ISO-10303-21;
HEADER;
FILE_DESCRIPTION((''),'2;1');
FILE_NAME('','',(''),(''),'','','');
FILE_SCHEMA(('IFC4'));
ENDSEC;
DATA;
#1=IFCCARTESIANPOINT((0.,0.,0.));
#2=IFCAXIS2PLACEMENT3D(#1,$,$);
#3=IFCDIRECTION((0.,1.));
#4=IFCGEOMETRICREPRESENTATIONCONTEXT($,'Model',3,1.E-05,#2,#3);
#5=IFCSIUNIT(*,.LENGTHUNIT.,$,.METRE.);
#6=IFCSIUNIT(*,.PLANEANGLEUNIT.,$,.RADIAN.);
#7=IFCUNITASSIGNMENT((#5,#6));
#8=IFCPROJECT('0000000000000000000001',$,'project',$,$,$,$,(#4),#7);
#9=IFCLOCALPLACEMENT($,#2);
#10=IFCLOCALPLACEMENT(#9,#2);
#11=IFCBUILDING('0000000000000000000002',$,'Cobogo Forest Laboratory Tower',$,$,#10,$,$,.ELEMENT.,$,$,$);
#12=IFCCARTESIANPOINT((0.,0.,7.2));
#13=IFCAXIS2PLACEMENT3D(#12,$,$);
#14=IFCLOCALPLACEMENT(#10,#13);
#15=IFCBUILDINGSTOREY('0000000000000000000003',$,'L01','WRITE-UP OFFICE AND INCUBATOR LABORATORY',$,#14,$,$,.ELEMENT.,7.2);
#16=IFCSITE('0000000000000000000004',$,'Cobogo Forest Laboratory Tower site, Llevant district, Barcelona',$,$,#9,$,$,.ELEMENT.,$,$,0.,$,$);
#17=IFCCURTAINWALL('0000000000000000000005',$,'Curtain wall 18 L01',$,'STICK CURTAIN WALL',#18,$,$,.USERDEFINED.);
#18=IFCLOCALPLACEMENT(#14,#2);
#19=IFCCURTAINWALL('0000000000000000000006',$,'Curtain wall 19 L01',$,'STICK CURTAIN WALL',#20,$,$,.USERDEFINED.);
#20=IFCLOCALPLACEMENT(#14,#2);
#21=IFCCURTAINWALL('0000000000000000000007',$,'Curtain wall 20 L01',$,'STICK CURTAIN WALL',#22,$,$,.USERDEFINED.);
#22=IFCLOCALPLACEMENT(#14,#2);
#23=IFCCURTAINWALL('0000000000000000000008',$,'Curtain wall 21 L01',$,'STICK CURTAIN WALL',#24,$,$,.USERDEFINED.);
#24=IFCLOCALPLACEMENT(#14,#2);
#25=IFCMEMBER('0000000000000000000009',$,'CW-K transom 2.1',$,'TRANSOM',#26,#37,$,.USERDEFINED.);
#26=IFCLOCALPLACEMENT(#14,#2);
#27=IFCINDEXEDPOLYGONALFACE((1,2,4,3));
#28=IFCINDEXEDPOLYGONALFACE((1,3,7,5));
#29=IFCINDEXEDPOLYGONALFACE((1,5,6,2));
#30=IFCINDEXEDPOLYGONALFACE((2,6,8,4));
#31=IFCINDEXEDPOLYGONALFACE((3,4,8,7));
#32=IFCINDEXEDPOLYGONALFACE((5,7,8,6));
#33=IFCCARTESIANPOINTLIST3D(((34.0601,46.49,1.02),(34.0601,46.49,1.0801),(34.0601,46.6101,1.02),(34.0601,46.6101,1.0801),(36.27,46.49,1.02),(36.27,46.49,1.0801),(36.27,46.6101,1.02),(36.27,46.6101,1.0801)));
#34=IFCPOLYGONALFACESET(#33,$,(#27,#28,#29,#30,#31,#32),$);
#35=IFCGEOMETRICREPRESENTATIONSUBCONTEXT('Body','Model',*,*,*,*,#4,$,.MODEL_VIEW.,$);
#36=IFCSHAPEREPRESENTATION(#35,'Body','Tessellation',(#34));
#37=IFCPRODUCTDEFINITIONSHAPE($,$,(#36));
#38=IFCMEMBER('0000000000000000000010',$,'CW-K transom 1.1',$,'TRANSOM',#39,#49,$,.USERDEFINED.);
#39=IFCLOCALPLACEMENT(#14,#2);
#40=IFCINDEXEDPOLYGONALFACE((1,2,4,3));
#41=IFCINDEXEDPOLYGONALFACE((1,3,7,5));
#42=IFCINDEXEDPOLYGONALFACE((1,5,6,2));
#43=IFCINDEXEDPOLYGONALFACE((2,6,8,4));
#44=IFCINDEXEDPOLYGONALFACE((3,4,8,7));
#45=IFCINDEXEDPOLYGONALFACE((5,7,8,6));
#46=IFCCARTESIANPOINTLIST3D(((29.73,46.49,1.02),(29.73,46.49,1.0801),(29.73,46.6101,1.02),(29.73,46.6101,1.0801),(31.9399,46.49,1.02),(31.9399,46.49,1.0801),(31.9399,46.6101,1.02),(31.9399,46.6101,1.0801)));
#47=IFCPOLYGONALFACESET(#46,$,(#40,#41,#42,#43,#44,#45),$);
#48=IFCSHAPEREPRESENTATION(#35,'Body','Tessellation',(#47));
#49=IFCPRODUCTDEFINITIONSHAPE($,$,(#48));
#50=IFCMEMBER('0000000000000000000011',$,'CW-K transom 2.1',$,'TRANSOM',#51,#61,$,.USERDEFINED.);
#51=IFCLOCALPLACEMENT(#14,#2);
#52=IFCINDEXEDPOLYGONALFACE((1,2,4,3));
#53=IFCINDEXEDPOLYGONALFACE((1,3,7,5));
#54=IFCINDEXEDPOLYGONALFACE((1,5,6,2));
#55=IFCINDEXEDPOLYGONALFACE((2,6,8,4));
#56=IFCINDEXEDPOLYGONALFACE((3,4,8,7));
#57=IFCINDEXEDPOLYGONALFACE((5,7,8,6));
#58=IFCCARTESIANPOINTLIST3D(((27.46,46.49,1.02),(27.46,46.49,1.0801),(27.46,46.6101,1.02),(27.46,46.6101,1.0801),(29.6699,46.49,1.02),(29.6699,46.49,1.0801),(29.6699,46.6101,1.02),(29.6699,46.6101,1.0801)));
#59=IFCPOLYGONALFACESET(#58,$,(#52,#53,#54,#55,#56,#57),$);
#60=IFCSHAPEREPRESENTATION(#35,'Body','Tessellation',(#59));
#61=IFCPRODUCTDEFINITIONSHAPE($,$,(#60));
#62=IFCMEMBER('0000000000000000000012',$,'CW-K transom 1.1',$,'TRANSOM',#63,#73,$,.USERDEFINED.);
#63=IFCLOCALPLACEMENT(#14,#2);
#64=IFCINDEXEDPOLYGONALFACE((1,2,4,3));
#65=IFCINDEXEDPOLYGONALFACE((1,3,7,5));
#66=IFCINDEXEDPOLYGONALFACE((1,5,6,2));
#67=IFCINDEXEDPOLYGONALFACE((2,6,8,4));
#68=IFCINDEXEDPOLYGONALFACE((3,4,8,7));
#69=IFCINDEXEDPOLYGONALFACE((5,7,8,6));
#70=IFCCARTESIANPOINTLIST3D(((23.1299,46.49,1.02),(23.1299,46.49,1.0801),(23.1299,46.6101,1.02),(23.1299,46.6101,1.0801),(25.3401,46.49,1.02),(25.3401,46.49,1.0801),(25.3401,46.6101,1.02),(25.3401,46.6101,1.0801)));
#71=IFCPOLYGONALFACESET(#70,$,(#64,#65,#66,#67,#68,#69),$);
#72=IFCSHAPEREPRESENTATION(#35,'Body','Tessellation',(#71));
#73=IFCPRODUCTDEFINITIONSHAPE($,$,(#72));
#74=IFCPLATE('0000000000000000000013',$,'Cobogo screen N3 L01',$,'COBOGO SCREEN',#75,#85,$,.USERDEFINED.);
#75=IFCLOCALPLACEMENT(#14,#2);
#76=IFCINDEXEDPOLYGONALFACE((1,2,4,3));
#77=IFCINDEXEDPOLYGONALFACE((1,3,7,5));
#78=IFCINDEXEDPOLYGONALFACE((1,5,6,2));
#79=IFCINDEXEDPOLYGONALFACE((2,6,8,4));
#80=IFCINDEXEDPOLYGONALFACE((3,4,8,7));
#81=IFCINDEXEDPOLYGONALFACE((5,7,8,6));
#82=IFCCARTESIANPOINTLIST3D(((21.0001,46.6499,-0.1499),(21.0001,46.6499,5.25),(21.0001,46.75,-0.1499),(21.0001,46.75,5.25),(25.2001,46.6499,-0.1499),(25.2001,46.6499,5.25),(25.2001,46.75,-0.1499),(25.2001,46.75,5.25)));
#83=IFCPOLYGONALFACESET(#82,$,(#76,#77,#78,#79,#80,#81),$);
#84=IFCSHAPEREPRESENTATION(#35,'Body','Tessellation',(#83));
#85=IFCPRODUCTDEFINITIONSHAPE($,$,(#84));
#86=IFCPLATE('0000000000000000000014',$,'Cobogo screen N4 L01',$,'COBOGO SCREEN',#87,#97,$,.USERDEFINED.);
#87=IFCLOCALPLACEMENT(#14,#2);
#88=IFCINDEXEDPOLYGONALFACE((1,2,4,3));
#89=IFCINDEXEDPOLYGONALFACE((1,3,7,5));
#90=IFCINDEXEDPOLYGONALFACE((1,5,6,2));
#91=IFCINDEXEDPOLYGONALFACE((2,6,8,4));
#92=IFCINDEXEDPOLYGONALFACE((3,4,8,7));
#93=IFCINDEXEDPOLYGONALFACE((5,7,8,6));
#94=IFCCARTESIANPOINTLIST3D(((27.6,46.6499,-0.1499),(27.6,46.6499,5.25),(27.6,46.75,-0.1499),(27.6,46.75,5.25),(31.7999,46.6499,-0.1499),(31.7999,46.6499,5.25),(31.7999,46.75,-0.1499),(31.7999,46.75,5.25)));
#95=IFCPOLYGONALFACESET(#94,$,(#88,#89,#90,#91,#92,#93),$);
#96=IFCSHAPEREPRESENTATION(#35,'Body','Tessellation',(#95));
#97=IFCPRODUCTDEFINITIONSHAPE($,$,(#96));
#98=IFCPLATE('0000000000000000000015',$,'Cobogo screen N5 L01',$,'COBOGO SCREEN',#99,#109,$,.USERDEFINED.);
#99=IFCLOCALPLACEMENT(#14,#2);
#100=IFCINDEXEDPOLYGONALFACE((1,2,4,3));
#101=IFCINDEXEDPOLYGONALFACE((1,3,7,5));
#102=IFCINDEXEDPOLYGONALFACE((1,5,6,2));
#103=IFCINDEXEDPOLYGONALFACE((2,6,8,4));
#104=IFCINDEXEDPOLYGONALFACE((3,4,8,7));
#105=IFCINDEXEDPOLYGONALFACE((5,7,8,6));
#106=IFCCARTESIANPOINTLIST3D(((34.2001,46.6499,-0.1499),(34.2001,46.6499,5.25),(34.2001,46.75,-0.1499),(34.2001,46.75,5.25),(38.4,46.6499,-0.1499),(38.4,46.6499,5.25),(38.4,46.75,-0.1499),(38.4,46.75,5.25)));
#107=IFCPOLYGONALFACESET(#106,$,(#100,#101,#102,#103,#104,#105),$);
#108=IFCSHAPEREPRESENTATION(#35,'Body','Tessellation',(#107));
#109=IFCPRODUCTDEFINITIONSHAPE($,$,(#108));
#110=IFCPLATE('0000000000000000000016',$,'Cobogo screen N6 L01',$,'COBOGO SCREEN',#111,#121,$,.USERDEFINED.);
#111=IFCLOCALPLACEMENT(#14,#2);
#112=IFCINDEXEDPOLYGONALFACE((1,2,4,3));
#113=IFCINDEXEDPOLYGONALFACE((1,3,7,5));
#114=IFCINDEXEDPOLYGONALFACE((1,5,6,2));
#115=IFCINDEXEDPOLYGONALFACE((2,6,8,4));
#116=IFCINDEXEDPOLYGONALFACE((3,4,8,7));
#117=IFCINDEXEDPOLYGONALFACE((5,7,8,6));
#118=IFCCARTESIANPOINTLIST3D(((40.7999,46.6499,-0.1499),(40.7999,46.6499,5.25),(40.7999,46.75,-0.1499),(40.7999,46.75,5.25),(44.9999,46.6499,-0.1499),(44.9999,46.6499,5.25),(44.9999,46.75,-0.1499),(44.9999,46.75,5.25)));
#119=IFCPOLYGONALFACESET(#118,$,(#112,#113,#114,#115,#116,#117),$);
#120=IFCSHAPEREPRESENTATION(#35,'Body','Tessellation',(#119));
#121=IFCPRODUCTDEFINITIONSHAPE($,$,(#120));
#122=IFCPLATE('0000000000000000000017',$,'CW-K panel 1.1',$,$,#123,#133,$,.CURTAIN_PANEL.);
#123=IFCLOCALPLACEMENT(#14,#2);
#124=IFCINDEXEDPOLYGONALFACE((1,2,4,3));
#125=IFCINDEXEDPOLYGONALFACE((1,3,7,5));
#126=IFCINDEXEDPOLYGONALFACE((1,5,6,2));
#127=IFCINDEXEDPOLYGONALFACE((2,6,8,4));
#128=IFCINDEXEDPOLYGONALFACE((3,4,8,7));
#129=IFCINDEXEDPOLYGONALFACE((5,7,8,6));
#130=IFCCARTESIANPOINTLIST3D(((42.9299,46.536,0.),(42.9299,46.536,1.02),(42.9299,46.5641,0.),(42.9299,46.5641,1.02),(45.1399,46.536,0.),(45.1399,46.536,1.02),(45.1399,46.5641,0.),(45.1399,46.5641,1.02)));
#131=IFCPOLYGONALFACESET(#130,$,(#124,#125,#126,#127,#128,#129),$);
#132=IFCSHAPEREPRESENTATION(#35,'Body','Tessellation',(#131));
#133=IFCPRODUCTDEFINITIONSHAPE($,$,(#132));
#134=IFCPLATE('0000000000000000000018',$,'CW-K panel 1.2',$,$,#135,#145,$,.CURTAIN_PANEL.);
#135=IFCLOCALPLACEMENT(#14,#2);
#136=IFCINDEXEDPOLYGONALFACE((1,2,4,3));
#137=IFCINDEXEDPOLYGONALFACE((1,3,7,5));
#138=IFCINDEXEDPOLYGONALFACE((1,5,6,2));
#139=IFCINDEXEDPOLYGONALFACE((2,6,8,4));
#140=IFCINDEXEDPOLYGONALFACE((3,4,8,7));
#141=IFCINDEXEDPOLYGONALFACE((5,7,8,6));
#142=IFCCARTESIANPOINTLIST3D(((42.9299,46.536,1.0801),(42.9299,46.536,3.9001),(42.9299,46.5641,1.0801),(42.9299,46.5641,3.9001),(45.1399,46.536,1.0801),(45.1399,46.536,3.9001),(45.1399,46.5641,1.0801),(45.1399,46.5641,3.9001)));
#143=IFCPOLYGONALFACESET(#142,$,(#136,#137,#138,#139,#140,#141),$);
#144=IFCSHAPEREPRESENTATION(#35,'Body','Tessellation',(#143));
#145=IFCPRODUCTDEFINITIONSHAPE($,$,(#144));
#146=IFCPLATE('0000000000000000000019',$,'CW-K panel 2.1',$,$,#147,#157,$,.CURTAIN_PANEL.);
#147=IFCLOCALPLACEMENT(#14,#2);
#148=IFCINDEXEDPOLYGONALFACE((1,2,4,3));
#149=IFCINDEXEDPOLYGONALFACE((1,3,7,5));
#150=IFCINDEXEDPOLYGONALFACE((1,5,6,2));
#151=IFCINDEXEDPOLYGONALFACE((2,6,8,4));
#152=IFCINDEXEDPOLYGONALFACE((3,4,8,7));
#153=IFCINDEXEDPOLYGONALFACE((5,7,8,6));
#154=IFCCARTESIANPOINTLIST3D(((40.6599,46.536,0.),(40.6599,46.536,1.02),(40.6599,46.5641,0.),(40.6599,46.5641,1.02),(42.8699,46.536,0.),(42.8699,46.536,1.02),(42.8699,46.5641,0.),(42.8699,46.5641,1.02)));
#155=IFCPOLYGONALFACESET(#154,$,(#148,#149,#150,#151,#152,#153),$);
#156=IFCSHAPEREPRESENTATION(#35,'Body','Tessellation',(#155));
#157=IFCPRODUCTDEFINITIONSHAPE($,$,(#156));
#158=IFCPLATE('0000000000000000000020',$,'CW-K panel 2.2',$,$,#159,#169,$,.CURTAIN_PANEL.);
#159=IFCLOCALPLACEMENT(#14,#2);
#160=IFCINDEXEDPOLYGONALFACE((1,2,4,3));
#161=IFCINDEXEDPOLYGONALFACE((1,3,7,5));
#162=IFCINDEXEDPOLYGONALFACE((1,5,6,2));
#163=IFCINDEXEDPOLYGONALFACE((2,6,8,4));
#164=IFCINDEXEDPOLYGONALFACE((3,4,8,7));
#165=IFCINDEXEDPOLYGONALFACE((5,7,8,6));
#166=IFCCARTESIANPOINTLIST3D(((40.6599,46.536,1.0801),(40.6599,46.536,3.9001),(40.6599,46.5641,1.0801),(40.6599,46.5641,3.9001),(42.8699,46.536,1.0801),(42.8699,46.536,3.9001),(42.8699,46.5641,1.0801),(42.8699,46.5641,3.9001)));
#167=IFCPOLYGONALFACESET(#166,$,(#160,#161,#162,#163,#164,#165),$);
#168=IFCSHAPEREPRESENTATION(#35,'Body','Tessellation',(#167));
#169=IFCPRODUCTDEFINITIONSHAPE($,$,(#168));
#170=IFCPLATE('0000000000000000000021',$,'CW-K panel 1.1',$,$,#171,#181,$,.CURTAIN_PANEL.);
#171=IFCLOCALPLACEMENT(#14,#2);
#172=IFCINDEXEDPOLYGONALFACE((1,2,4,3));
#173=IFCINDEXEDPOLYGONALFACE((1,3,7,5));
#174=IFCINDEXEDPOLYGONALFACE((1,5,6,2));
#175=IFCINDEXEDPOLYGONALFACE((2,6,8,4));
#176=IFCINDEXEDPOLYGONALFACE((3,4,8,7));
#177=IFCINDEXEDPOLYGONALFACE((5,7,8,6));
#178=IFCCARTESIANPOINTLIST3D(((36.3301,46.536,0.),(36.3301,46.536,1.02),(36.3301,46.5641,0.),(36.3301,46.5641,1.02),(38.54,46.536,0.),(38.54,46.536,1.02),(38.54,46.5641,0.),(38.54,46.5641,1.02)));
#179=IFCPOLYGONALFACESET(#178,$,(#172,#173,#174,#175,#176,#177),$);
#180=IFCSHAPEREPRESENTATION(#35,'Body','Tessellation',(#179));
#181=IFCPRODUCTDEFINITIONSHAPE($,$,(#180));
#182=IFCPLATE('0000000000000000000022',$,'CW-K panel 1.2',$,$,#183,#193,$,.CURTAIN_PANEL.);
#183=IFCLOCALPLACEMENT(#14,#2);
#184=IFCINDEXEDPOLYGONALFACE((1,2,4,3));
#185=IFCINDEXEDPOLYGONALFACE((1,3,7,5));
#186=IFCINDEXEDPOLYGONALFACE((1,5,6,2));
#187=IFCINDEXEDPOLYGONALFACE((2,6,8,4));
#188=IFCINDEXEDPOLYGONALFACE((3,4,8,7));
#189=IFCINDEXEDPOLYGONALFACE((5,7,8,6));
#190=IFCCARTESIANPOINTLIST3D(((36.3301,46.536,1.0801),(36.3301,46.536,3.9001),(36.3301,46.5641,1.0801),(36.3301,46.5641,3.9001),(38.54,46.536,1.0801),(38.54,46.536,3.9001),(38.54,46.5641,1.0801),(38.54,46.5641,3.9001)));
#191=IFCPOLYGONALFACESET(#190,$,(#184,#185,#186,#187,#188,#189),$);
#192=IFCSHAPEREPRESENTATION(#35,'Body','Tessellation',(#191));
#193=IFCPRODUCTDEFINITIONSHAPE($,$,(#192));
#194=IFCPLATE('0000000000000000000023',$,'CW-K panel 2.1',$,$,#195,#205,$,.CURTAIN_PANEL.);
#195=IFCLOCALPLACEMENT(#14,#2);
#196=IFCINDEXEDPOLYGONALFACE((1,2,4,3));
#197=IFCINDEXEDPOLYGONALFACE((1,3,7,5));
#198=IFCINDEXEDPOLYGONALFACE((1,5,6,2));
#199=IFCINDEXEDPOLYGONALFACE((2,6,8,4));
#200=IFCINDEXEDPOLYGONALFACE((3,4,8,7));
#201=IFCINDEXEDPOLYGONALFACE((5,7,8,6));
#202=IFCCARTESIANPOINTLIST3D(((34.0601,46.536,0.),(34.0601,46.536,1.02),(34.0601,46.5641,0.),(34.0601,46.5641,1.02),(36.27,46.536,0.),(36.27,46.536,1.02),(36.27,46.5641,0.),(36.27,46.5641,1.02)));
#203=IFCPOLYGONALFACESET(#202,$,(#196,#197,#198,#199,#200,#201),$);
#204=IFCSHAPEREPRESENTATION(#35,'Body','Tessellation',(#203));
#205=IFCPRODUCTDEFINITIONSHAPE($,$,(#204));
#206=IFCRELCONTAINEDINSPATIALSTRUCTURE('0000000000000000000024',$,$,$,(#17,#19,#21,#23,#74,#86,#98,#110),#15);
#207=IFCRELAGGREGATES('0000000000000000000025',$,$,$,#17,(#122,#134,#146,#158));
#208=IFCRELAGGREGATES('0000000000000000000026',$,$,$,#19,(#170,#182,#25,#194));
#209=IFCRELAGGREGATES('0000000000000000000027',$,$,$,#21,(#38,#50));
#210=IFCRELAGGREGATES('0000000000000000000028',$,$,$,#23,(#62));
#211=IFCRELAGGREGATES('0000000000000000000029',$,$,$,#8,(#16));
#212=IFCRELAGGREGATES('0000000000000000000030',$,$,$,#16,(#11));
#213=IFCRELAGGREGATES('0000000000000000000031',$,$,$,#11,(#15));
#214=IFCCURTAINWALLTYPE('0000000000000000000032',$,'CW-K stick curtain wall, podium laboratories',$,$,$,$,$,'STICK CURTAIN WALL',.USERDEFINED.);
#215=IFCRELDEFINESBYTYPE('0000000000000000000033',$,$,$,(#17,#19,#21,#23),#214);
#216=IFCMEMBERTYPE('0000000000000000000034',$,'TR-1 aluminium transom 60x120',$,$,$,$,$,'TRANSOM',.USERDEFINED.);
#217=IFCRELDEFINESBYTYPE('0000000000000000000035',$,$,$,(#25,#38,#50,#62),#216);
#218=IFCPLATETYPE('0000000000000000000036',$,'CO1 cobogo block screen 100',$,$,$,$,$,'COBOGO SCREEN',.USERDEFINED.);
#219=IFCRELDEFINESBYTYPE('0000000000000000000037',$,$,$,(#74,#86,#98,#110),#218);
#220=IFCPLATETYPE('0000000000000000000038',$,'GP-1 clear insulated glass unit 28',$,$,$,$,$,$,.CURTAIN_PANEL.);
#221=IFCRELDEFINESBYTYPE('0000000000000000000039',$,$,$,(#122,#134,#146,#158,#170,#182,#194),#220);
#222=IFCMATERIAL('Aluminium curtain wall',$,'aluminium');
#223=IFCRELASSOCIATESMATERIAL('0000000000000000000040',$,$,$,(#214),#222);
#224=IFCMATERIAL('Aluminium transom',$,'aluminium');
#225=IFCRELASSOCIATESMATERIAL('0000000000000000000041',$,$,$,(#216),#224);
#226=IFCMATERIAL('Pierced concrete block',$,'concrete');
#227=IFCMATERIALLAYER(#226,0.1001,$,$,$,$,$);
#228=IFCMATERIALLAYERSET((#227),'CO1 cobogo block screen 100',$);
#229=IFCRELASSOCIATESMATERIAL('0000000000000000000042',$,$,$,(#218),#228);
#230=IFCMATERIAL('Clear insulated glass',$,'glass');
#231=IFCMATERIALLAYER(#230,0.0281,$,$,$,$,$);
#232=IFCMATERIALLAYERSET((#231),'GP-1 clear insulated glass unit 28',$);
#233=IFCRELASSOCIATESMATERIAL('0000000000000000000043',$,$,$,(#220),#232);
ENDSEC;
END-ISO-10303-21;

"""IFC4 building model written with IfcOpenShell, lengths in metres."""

from ifc_helpers import new_model, si_unit, direction, frame, origin, origin_2d, place, context, subcontext, project, spatial, rectangle, extrude, material, layer, layer_set, material_profile, profile_set, type_object, element, aggregate, save


model = new_model("IFC4")

# Units and contexts
model_context = context("Model", 3, precision=1e-05, world=origin(), true_north=direction((0.0, 1.0)))
body_context = subcontext(model_context, "Body", "Model", "MODEL_VIEW")
ifc_project = project(units=[si_unit("LENGTHUNIT", "METRE"), si_unit("PLANEANGLEUNIT", "RADIAN")], contexts=[model_context])

# Site, building, storey
site_placement = place(None, origin())
site = spatial("IfcSite", under=ifc_project, at=site_placement, Name="Cobogo Forest Laboratory Tower site, Llevant district, Barcelona", CompositionType="ELEMENT", RefElevation=0.0)
building_placement = place(site_placement, origin())
building = spatial("IfcBuilding", under=site, at=building_placement, Name="Cobogo Forest Laboratory Tower", CompositionType="ELEMENT")
storey_placement = place(building_placement, frame((0.0, 0.0, 7.2)))
storey = spatial("IfcBuildingStorey", under=building, at=storey_placement, Name="L01", Description="WRITE-UP OFFICE AND INCUBATOR LABORATORY", CompositionType="ELEMENT", Elevation=7.2)

# Curtain walls
ifc_material_1 = material(Name="Aluminium curtain wall", Category="aluminium")
curtain_wall_type = type_object("IfcCurtainWallType", Name="CW-K stick curtain wall, podium laboratories", ElementType="STICK CURTAIN WALL", PredefinedType="USERDEFINED", material=ifc_material_1)
curtain_wall_1_placement = place(storey_placement, origin())
curtain_wall_1 = element("IfcCurtainWall", 1, at=curtain_wall_1_placement, inside=storey, type_object=curtain_wall_type, Name="Curtain wall 18 L01", ObjectType="STICK CURTAIN WALL", PredefinedType="USERDEFINED")
curtain_wall_2_placement = place(storey_placement, origin())
curtain_wall_2 = element("IfcCurtainWall", 2, at=curtain_wall_2_placement, inside=storey, type_object=curtain_wall_type, Name="Curtain wall 19 L01", ObjectType="STICK CURTAIN WALL", PredefinedType="USERDEFINED")
curtain_wall_3_placement = place(storey_placement, origin())
curtain_wall_3 = element("IfcCurtainWall", 3, at=curtain_wall_3_placement, inside=storey, type_object=curtain_wall_type, Name="Curtain wall 20 L01", ObjectType="STICK CURTAIN WALL", PredefinedType="USERDEFINED")

# Curtain wall
curtain_wall_4_placement = place(storey_placement, origin())
curtain_wall_4 = element("IfcCurtainWall", 4, at=curtain_wall_4_placement, inside=storey, type_object=curtain_wall_type, Name="Curtain wall 21 L01", ObjectType="STICK CURTAIN WALL", PredefinedType="USERDEFINED")

# Members
ifc_material_2 = material(Name="Aluminium transom", Category="aluminium")
ifc_material_profile_1 = material_profile(ifc_material_2, rectangle(XDim=0.1201, YDim=0.0601, at=origin_2d()), Name="AL 60x120")
ifc_profile_set_1 = profile_set([ifc_material_profile_1], Name="Aluminium transom")
member_type_1 = type_object("IfcMemberType", Name="TR-1 aluminium transom 60x120", ElementType="TRANSOM", PredefinedType="USERDEFINED", material=ifc_profile_set_1)
member_1_placement = place(storey_placement, frame((36.27, 46.55, 1.05), z_axis=(-1.0, 0.0, 0.0), x_axis=(0.0, -1.0, 0.0)))
member_1 = element("IfcMember", 5, at=member_1_placement, type_object=member_type_1, Name="CW-K transom 2.1", ObjectType="TRANSOM", PredefinedType="USERDEFINED", context=body_context, shape_type="SweptSolid", body=[
    extrude(rectangle(XDim=0.1201, YDim=0.0601, at=origin_2d()), origin(), (0.0, 0.0, 1.0), 2.21),
])
member_2_placement = place(storey_placement, frame((31.9399, 46.55, 1.05), z_axis=(-1.0, 0.0, 0.0), x_axis=(0.0, -1.0, 0.0)))
member_2 = element("IfcMember", 6, at=member_2_placement, type_object=member_type_1, Name="CW-K transom 1.1", ObjectType="TRANSOM", PredefinedType="USERDEFINED", context=body_context, shape_type="SweptSolid", body=[
    extrude(rectangle(XDim=0.1201, YDim=0.0601, at=origin_2d()), origin(), (0.0, 0.0, 1.0), 2.21),
])
member_3_placement = place(storey_placement, frame((29.6699, 46.55, 1.05), z_axis=(-1.0, 0.0, 0.0), x_axis=(0.0, -1.0, 0.0)))
member_3 = element("IfcMember", 7, at=member_3_placement, type_object=member_type_1, Name="CW-K transom 2.1", ObjectType="TRANSOM", PredefinedType="USERDEFINED", context=body_context, shape_type="SweptSolid", body=[
    extrude(rectangle(XDim=0.1201, YDim=0.0601, at=origin_2d()), origin(), (0.0, 0.0, 1.0), 2.21),
])
member_4_placement = place(storey_placement, frame((25.3401, 46.55, 1.05), z_axis=(-1.0, 0.0, 0.0), x_axis=(0.0, -1.0, 0.0)))
member_4 = element("IfcMember", 8, at=member_4_placement, type_object=member_type_1, Name="CW-K transom 1.1", ObjectType="TRANSOM", PredefinedType="USERDEFINED", context=body_context, shape_type="SweptSolid", body=[
    extrude(rectangle(XDim=0.1201, YDim=0.0601, at=origin_2d()), origin(), (0.0, 0.0, 1.0), 2.2102),
])

# Plates
ifc_material_3 = material(Name="Pierced concrete block", Category="concrete")
ifc_layer_1 = layer(ifc_material_3, 0.1001)
ifc_layer_set_1 = layer_set([ifc_layer_1], Name="CO1 cobogo block screen 100")
plate_type_1 = type_object("IfcPlateType", Name="CO1 cobogo block screen 100", ElementType="COBOGO SCREEN", PredefinedType="USERDEFINED", material=ifc_layer_set_1)
for number, where, z_axis, x_axis, name in (
    (9, (23.1001, 46.7, -0.1499), (0.0, 0.0, 1.0), (1.0, 0.0, 0.0), "Cobogo screen N3 L01"),
    (10, (29.7, 46.7, -0.1499), (0.0, 0.0, 1.0), (1.0, 0.0, 0.0), "Cobogo screen N4 L01"),
    (11, (36.3, 46.7, -0.1499), (0.0, 0.0, 1.0), (1.0, 0.0, 0.0), "Cobogo screen N5 L01"),
    (12, (42.8999, 46.7, -0.1499), (0.0, 0.0, 1.0), (1.0, 0.0, 0.0), "Cobogo screen N6 L01"),
):
    element("IfcPlate", number, at=place(storey_placement, frame(where, z_axis=z_axis, x_axis=x_axis)), inside=storey, type_object=plate_type_1, Name=name, ObjectType="COBOGO SCREEN", PredefinedType="USERDEFINED", context=body_context, shape_type="SweptSolid", body=[
        extrude(rectangle(XDim=4.2, YDim=0.1001, at=origin_2d()), origin(), (0.0, 0.0, 1.0), 5.3999),
    ])

# Plates
ifc_material_4 = material(Name="Clear insulated glass", Category="glass")
ifc_layer_2 = layer(ifc_material_4, 0.0281)
ifc_layer_set_2 = layer_set([ifc_layer_2], Name="GP-1 clear insulated glass unit 28")
plate_type_2 = type_object("IfcPlateType", Name="GP-1 clear insulated glass unit 28", PredefinedType="CURTAIN_PANEL", material=ifc_layer_set_2)
plate_1_placement = place(storey_placement, frame((44.0349, 46.55, 0.0), z_axis=(0.0, 0.0, 1.0), x_axis=(-1.0, 0.0, 0.0)))
plate_1 = element("IfcPlate", 13, at=plate_1_placement, type_object=plate_type_2, Name="CW-K panel 1.1", PredefinedType="CURTAIN_PANEL", context=body_context, shape_type="SweptSolid", body=[
    extrude(rectangle(XDim=2.21, YDim=0.0281, at=origin_2d()), origin(), (0.0, 0.0, 1.0), 1.02),
])
plate_2_placement = place(storey_placement, frame((44.0349, 46.55, 1.0801), z_axis=(0.0, 0.0, 1.0), x_axis=(-1.0, 0.0, 0.0)))
plate_2 = element("IfcPlate", 14, at=plate_2_placement, type_object=plate_type_2, Name="CW-K panel 1.2", PredefinedType="CURTAIN_PANEL", context=body_context, shape_type="SweptSolid", body=[
    extrude(rectangle(XDim=2.21, YDim=0.0281, at=origin_2d()), origin(), (0.0, 0.0, 1.0), 2.8201),
])
plate_3_placement = place(storey_placement, frame((41.7649, 46.55, 0.0), z_axis=(0.0, 0.0, 1.0), x_axis=(-1.0, 0.0, 0.0)))
plate_3 = element("IfcPlate", 15, at=plate_3_placement, type_object=plate_type_2, Name="CW-K panel 2.1", PredefinedType="CURTAIN_PANEL", context=body_context, shape_type="SweptSolid", body=[
    extrude(rectangle(XDim=2.21, YDim=0.0281, at=origin_2d()), origin(), (0.0, 0.0, 1.0), 1.02),
])
plate_4_placement = place(storey_placement, frame((41.7649, 46.55, 1.0801), z_axis=(0.0, 0.0, 1.0), x_axis=(-1.0, 0.0, 0.0)))
plate_4 = element("IfcPlate", 16, at=plate_4_placement, type_object=plate_type_2, Name="CW-K panel 2.2", PredefinedType="CURTAIN_PANEL", context=body_context, shape_type="SweptSolid", body=[
    extrude(rectangle(XDim=2.21, YDim=0.0281, at=origin_2d()), origin(), (0.0, 0.0, 1.0), 2.8201),
])
aggregate(curtain_wall_1, [plate_1, plate_2, plate_3, plate_4])
plate_5_placement = place(storey_placement, frame((37.4351, 46.55, 0.0), z_axis=(0.0, 0.0, 1.0), x_axis=(-1.0, 0.0, 0.0)))
plate_5 = element("IfcPlate", 17, at=plate_5_placement, type_object=plate_type_2, Name="CW-K panel 1.1", PredefinedType="CURTAIN_PANEL", context=body_context, shape_type="SweptSolid", body=[
    extrude(rectangle(XDim=2.21, YDim=0.0281, at=origin_2d()), origin(), (0.0, 0.0, 1.0), 1.02),
])
plate_6_placement = place(storey_placement, frame((37.4351, 46.55, 1.0801), z_axis=(0.0, 0.0, 1.0), x_axis=(-1.0, 0.0, 0.0)))
plate_6 = element("IfcPlate", 18, at=plate_6_placement, type_object=plate_type_2, Name="CW-K panel 1.2", PredefinedType="CURTAIN_PANEL", context=body_context, shape_type="SweptSolid", body=[
    extrude(rectangle(XDim=2.21, YDim=0.0281, at=origin_2d()), origin(), (0.0, 0.0, 1.0), 2.8201),
])
plate_7_placement = place(storey_placement, frame((35.165, 46.55, 0.0), z_axis=(0.0, 0.0, 1.0), x_axis=(-1.0, 0.0, 0.0)))
plate_7 = element("IfcPlate", 19, at=plate_7_placement, type_object=plate_type_2, Name="CW-K panel 2.1", PredefinedType="CURTAIN_PANEL", context=body_context, shape_type="SweptSolid", body=[
    extrude(rectangle(XDim=2.21, YDim=0.0281, at=origin_2d()), origin(), (0.0, 0.0, 1.0), 1.02),
])
aggregate(curtain_wall_2, [plate_5, plate_6, member_1, plate_7])
aggregate(curtain_wall_3, [member_2, member_3])
aggregate(curtain_wall_4, [member_4])

save(model, "model.ifc")
